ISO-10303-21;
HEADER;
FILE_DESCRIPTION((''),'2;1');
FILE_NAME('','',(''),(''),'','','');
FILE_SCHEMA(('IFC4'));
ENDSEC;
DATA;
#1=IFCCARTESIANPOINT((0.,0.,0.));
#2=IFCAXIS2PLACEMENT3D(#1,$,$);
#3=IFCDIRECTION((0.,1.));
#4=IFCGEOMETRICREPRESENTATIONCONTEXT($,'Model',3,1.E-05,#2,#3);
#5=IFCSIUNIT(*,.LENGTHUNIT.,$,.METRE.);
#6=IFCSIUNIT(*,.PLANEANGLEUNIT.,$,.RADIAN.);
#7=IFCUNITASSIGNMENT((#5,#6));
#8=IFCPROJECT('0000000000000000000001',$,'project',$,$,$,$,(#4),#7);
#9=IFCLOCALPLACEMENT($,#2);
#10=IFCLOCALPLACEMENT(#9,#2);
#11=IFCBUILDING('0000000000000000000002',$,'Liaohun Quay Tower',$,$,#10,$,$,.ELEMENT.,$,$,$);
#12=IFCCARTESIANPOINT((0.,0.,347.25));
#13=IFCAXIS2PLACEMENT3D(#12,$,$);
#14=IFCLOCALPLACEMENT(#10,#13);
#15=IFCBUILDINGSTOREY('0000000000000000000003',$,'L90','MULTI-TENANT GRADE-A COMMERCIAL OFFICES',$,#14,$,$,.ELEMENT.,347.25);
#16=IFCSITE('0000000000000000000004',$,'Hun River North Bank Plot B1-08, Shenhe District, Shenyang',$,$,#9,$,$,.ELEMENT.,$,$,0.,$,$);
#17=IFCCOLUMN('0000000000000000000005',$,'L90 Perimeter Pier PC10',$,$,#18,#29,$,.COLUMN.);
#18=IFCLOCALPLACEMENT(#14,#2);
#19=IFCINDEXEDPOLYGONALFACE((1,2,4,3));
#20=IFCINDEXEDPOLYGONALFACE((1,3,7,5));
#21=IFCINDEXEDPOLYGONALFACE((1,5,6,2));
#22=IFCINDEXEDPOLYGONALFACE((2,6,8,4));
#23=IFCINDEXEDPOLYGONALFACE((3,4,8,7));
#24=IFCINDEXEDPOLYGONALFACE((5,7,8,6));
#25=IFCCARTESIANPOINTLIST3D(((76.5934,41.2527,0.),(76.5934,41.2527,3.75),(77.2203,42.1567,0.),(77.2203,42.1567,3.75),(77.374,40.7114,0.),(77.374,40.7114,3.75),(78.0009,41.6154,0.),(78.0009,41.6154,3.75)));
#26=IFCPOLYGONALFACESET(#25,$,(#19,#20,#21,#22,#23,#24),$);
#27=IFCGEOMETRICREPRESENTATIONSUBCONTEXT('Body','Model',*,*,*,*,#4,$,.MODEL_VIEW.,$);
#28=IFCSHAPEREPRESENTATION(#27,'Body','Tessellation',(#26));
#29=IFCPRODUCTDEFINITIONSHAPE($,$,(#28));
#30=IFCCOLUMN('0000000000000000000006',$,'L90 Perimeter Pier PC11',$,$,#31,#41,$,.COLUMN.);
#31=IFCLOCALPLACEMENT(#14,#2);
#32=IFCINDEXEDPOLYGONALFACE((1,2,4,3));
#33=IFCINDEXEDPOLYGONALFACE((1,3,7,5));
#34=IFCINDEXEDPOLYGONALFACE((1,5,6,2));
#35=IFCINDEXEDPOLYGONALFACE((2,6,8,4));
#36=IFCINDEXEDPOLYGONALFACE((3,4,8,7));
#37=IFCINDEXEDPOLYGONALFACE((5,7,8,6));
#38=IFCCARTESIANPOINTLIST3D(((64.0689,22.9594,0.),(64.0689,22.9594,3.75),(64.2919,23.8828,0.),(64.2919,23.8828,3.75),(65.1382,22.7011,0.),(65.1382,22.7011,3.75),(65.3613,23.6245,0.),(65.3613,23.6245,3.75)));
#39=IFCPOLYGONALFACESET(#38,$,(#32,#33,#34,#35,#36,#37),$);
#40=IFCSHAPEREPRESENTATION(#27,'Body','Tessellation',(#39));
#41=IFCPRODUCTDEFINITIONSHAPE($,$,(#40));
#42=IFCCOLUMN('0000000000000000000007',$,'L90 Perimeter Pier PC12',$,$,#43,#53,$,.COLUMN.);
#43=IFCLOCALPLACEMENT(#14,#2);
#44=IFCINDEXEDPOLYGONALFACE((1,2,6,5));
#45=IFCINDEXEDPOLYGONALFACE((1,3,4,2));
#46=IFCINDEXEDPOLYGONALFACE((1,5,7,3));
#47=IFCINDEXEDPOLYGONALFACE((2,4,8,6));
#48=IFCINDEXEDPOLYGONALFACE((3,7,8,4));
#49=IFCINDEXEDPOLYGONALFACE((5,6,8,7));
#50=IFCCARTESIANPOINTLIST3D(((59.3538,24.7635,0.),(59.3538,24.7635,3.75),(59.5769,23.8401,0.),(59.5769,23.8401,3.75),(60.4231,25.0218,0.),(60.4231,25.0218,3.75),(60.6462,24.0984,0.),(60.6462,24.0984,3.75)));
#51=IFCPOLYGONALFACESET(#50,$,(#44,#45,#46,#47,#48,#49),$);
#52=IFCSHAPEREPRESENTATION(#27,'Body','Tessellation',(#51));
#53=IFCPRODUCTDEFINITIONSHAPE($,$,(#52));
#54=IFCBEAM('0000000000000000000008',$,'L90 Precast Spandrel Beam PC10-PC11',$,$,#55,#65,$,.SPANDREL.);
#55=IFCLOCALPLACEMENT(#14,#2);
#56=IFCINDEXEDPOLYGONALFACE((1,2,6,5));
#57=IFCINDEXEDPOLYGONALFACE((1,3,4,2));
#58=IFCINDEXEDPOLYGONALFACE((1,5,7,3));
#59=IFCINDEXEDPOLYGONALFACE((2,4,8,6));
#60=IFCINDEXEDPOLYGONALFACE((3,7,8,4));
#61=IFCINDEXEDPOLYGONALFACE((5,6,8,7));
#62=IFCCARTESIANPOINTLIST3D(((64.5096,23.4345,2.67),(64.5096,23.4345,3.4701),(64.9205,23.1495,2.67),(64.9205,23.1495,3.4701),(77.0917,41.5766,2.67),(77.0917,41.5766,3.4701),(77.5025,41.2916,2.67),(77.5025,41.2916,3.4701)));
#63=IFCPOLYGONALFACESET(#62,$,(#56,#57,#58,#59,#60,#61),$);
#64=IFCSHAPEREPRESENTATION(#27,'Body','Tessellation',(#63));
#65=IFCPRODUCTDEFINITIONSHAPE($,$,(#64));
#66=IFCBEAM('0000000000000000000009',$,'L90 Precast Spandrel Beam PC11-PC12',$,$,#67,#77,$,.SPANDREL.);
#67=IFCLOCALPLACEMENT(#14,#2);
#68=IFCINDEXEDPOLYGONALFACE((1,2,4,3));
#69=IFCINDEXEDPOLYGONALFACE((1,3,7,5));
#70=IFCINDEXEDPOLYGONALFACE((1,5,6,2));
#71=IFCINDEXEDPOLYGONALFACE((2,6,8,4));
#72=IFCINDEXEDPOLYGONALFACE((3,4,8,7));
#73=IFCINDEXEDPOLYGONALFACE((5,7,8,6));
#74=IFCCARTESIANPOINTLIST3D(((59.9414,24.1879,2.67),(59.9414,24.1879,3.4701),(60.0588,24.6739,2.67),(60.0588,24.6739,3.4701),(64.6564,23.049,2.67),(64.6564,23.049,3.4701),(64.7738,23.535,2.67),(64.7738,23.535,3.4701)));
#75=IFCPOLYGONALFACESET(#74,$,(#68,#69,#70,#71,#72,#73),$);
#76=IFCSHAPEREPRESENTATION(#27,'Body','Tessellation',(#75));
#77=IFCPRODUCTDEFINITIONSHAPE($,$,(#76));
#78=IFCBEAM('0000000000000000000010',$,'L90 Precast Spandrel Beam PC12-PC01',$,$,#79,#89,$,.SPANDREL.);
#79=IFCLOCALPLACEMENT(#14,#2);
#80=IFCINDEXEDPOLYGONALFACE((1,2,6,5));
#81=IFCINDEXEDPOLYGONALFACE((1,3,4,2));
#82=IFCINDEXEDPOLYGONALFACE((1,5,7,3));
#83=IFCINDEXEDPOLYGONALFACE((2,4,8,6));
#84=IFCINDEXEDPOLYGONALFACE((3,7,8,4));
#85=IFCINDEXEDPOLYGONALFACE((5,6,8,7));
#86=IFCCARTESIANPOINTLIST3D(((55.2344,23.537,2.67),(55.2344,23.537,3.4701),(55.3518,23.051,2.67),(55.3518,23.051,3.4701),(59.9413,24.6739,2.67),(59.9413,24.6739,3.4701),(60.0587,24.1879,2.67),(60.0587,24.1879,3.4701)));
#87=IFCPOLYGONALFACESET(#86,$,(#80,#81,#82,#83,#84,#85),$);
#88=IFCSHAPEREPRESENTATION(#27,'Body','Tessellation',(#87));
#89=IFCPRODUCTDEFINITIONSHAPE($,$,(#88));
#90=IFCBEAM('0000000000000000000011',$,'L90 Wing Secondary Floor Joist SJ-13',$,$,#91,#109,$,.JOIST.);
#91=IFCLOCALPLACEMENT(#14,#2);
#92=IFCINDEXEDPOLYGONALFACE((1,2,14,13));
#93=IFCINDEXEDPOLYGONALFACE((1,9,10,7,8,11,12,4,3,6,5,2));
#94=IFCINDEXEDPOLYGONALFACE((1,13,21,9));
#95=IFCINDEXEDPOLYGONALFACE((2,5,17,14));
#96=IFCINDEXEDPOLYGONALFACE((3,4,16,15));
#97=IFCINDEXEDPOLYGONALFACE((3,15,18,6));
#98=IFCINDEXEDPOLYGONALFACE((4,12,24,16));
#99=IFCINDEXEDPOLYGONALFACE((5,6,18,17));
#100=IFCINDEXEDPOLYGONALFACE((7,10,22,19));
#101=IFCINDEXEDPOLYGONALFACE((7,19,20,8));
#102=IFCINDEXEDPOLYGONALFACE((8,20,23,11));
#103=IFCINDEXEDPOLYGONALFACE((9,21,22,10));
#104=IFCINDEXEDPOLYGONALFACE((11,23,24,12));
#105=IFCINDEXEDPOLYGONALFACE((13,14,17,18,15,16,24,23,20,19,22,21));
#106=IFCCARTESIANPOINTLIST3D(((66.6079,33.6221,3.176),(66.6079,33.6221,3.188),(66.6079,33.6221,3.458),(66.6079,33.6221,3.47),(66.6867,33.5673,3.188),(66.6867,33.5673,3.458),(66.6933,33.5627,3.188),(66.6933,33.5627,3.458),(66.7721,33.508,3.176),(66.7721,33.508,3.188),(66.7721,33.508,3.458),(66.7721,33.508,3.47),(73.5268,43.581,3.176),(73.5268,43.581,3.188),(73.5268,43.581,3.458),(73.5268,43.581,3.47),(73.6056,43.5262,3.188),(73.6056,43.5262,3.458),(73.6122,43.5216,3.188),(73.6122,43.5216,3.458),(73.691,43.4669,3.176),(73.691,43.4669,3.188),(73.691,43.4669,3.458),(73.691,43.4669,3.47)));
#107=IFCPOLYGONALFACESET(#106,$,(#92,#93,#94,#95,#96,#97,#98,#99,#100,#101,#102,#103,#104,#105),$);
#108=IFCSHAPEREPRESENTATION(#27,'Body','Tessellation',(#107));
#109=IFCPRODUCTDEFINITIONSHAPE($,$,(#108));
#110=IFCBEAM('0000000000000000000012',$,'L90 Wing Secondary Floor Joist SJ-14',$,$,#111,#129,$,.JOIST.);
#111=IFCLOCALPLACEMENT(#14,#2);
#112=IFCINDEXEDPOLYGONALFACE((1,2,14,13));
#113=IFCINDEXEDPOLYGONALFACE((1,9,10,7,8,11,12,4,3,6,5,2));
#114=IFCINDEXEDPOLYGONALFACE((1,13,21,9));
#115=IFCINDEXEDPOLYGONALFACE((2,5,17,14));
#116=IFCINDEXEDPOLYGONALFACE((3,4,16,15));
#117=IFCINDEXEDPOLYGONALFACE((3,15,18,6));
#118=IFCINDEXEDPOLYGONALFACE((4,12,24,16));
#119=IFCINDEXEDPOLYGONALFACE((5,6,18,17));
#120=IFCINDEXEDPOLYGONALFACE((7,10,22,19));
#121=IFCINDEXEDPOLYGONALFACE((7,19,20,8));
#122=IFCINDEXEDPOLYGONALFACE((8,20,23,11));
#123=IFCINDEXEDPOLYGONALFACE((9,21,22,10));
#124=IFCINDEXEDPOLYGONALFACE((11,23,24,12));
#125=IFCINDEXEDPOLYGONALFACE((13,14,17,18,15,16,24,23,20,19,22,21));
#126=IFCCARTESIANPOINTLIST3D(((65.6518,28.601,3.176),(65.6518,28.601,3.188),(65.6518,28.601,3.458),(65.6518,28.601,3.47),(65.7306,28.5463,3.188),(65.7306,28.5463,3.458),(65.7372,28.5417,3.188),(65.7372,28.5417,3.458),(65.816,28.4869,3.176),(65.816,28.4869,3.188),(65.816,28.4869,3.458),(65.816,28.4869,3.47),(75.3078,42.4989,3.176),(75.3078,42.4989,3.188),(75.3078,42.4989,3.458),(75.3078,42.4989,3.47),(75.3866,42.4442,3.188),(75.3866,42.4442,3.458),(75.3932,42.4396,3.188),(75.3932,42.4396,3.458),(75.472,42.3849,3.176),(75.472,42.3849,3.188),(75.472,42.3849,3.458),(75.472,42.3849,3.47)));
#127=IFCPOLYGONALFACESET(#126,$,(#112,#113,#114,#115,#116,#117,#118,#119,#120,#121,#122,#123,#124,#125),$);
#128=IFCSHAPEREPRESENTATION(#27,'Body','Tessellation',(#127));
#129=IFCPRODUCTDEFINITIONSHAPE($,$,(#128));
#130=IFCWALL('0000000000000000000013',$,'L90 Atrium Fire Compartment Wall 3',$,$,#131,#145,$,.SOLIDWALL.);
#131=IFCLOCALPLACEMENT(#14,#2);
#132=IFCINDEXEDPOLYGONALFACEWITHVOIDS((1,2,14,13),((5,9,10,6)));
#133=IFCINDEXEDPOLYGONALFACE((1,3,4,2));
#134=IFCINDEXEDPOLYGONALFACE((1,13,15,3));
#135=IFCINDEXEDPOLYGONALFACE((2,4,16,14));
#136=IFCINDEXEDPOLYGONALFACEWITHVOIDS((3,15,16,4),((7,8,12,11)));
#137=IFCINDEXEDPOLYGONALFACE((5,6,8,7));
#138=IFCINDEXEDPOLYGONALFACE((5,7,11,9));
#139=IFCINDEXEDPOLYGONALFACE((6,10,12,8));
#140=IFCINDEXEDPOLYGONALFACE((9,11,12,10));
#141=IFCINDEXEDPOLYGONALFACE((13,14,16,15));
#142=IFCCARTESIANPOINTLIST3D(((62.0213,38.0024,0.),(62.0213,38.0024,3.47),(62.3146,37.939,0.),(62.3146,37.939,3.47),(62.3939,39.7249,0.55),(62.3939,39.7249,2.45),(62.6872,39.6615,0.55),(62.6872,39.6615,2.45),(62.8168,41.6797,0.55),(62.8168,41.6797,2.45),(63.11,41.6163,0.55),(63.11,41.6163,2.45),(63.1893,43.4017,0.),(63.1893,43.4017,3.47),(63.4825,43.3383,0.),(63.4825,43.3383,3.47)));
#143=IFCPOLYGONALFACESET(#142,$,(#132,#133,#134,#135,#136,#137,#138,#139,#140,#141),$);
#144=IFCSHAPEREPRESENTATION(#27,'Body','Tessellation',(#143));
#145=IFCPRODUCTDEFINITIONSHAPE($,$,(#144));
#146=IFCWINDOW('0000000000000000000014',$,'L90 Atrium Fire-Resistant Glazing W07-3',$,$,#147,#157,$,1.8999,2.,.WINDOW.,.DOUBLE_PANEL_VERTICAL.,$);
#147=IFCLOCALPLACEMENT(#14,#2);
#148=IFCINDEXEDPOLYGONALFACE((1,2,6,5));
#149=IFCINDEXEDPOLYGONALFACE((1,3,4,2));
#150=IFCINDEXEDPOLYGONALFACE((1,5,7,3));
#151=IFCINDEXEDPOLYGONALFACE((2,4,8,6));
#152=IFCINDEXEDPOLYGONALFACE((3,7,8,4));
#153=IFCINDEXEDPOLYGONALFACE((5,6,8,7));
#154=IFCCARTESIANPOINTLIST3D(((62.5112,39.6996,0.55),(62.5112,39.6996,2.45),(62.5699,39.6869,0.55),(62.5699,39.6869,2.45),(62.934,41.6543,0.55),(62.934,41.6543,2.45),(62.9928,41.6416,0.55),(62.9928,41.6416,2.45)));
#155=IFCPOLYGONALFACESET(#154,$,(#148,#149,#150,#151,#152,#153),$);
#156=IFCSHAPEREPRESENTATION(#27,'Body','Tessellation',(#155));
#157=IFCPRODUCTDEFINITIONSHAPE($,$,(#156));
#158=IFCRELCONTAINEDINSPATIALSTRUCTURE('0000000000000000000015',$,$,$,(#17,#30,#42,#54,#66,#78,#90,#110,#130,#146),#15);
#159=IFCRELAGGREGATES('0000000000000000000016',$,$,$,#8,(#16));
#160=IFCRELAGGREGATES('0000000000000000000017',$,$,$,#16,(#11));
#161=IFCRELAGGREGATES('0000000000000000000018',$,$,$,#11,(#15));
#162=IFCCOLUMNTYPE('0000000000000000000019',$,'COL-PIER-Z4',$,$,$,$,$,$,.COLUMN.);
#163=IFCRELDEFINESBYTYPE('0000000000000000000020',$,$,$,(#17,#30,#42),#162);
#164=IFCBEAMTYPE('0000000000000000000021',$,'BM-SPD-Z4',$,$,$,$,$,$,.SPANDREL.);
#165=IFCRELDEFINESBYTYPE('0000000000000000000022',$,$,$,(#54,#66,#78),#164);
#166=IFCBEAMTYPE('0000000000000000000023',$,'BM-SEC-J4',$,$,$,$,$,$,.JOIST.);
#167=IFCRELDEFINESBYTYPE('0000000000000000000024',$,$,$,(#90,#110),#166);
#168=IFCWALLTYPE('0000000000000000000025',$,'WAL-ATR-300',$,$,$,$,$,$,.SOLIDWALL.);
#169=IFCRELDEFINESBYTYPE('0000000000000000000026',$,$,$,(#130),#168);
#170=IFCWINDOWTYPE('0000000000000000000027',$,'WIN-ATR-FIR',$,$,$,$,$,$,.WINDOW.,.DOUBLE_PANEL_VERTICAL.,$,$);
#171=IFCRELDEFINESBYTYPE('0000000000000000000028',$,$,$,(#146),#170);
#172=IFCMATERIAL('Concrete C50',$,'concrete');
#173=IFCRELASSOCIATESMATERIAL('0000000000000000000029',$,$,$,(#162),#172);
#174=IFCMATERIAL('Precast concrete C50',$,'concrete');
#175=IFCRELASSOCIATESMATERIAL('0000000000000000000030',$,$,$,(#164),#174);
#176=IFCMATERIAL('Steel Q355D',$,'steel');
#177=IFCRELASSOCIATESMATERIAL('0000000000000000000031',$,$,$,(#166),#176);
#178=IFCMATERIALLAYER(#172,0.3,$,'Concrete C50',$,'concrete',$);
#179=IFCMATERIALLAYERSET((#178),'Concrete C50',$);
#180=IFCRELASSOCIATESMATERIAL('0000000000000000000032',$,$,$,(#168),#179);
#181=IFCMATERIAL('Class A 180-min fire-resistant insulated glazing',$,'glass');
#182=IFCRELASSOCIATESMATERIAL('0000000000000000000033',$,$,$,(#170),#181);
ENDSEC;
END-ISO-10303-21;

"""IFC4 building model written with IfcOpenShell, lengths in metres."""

from ifc_helpers import new_model, si_unit, direction, frame, frame_2d, origin, origin_2d, place, context, subcontext, project, spatial, rectangle, i_section, extrude, source, transform, mapped, material, layer, layer_set, material_profile, profile_set, type_object, element, fill, save


model = new_model("IFC4")

# Units and contexts
model_context = context("Model", 3, precision=1e-05, world=origin(), true_north=direction((0.0, 1.0)))
body_context = subcontext(model_context, "Body", "Model", "MODEL_VIEW")
ifc_project = project(units=[si_unit("LENGTHUNIT", "METRE"), si_unit("PLANEANGLEUNIT", "RADIAN")], contexts=[model_context])

# Site, building, storey
site_placement = place(None, origin())
site = spatial("IfcSite", under=ifc_project, at=site_placement, Name="Hun River North Bank Plot B1-08, Shenhe District, Shenyang", CompositionType="ELEMENT", RefElevation=0.0)
building_placement = place(site_placement, origin())
building = spatial("IfcBuilding", under=site, at=building_placement, Name="Liaohun Quay Tower", CompositionType="ELEMENT")
storey_placement = place(building_placement, frame((0.0, 0.0, 347.25)))
storey = spatial("IfcBuildingStorey", under=building, at=storey_placement, Name="L90", Description="MULTI-TENANT GRADE-A COMMERCIAL OFFICES", CompositionType="ELEMENT", Elevation=347.25)

# Columns
ifc_material_1 = material(Name="Concrete C50", Category="concrete")
ifc_material_profile_1 = material_profile(ifc_material_1, rectangle(XDim=1.1001, YDim=0.95, at=origin_2d()), Name="RC1100x950")
ifc_profile_set_1 = profile_set([ifc_material_profile_1], Name="Concrete C50")
column_type = type_object("IfcColumnType", Name="COL-PIER-Z4", PredefinedType="COLUMN", material=ifc_profile_set_1)
shared_shape_1 = source(origin(), body_context, "Body", "SweptSolid", [
    extrude(rectangle(XDim=1.1001, YDim=0.95, at=origin_2d()), origin(), (0.0, 0.0, 1.0), 3.75),
])
for number, where, z_axis, x_axis, name in (
    (1, (77.2971, 41.4341, 0.0), (0.0, 0.0, 1.0), (0.569853, 0.821746, 0.0), "L90 Perimeter Pier PC10"),
    (2, (64.7151, 23.292, 0.0), (0.0, 0.0, 1.0), (-0.972043, 0.234803, 0.0), "L90 Perimeter Pier PC11"),
    (3, (60.0, 24.4309, 0.0), (0.0, 0.0, 1.0), (0.972043, 0.234803, 0.0), "L90 Perimeter Pier PC12"),
):
    element("IfcColumn", number, at=place(storey_placement, frame(where, z_axis=z_axis, x_axis=x_axis)), inside=storey, type_object=column_type, Name=name, PredefinedType="COLUMN", context=body_context, shape_type="MappedRepresentation", body=[
        mapped(shared_shape_1, transform((0.0, 0.0, 0.0), x_axis=(1.0, 0.0, 0.0), y_axis=(0.0, 1.0, 0.0), z_axis=(0.0, 0.0, 1.0), scale=1.0)),
    ])

# Beams
ifc_material_2 = material(Name="Precast concrete C50", Category="concrete")
ifc_material_profile_2 = material_profile(ifc_material_2, rectangle(XDim=0.5, YDim=0.8, at=origin_2d()), Name="RC500x800")
ifc_profile_set_2 = profile_set([ifc_material_profile_2], Name="Precast concrete C50")
beam_type_1 = type_object("IfcBeamType", Name="BM-SPD-Z4", PredefinedType="SPANDREL", material=ifc_profile_set_2)
shared_shape_2 = source(origin(), body_context, "Body", "SweptSolid", [
    extrude(rectangle(XDim=0.5, YDim=0.8, at=origin_2d()), origin(), (0.0, 0.0, 1.0), 22.0781),
])
beam_1_placement = place(storey_placement, frame((77.2971, 41.4341, 3.0701), z_axis=(-0.569887, -0.821723, 0.0), x_axis=(0.821723, -0.569887, 0.0)))
element("IfcBeam", 4, at=beam_1_placement, inside=storey, type_object=beam_type_1, Name="L90 Precast Spandrel Beam PC10-PC11", PredefinedType="SPANDREL", context=body_context, shape_type="MappedRepresentation", body=[
    mapped(shared_shape_2, transform((0.0, 0.0, 0.0), x_axis=(1.0, 0.0, 0.0), y_axis=(0.0, 1.0, 0.0), z_axis=(0.0, 0.0, 1.0), scale=1.0)),
])
shared_shape_3 = source(origin(), body_context, "Body", "SweptSolid", [
    extrude(rectangle(XDim=0.5, YDim=0.8, at=origin_2d()), origin(), (0.0, 0.0, 1.0), 4.8506),
])
beam_2_placement = place(storey_placement, frame((64.7151, 23.292, 3.0701), z_axis=(-0.972045, 0.234795, 0.0), x_axis=(-0.234795, -0.972045, 0.0)))
element("IfcBeam", 5, at=beam_2_placement, inside=storey, type_object=beam_type_1, Name="L90 Precast Spandrel Beam PC11-PC12", PredefinedType="SPANDREL", context=body_context, shape_type="MappedRepresentation", body=[
    mapped(shared_shape_3, transform((0.0, 0.0, 0.0), x_axis=(1.0, 0.0, 0.0), y_axis=(0.0, 1.0, 0.0), z_axis=(0.0, 0.0, 1.0), scale=1.0)),
])
shared_shape_4 = source(origin(), body_context, "Body", "SweptSolid", [
    extrude(rectangle(XDim=0.5, YDim=0.8, at=origin_2d()), origin(), (0.0, 0.0, 1.0), 4.8423),
])
beam_3_placement = place(storey_placement, frame((60.0, 24.4309, 3.0701), z_axis=(-0.972045, -0.234793, 0.0), x_axis=(0.234793, -0.972045, 0.0)))
element("IfcBeam", 6, at=beam_3_placement, inside=storey, type_object=beam_type_1, Name="L90 Precast Spandrel Beam PC12-PC01", PredefinedType="SPANDREL", context=body_context, shape_type="MappedRepresentation", body=[
    mapped(shared_shape_4, transform((0.0, 0.0, 0.0), x_axis=(1.0, 0.0, 0.0), y_axis=(0.0, 1.0, 0.0), z_axis=(0.0, 0.0, 1.0), scale=1.0)),
])
ifc_material_3 = material(Name="Steel Q355D", Category="steel")
ifc_material_profile_3 = material_profile(ifc_material_3, i_section(OverallWidth=0.2, OverallDepth=0.2939, WebThickness=0.0081, FlangeThickness=0.012, at=origin_2d()), Name="HM294x200x8x12")
ifc_profile_set_3 = profile_set([ifc_material_profile_3], Name="Steel Q355D")
beam_type_2 = type_object("IfcBeamType", Name="BM-SEC-J4", PredefinedType="JOIST", material=ifc_profile_set_3)
shared_shape_5 = source(origin(), body_context, "Body", "SweptSolid", [
    extrude(i_section(OverallWidth=0.2, OverallDepth=0.2939, WebThickness=0.0081, FlangeThickness=0.012, at=origin_2d()), origin(), (0.0, 0.0, 1.0), 12.1265),
])
beam_4_placement = place(storey_placement, frame((73.6089, 43.5239, 3.323), z_axis=(-0.570562, -0.821255, 0.0), x_axis=(0.821255, -0.570562, 0.0)))
element("IfcBeam", 7, at=beam_4_placement, inside=storey, type_object=beam_type_2, Name="L90 Wing Secondary Floor Joist SJ-13", PredefinedType="JOIST", context=body_context, shape_type="MappedRepresentation", body=[
    mapped(shared_shape_5, transform((0.0, 0.0, 0.0), x_axis=(1.0, 0.0, 0.0), y_axis=(0.0, 1.0, 0.0), z_axis=(0.0, 0.0, 1.0), scale=1.0)),
])
shared_shape_6 = source(origin(), body_context, "Body", "SweptSolid", [
    extrude(i_section(OverallWidth=0.2, OverallDepth=0.2939, WebThickness=0.0081, FlangeThickness=0.012, at=origin_2d()), origin(), (0.0, 0.0, 1.0), 16.9231),
])
beam_5_placement = place(storey_placement, frame((75.3899, 42.4419, 3.323), z_axis=(-0.570581, -0.821241, 0.0), x_axis=(0.821241, -0.570581, 0.0)))
element("IfcBeam", 8, at=beam_5_placement, inside=storey, type_object=beam_type_2, Name="L90 Wing Secondary Floor Joist SJ-14", PredefinedType="JOIST", context=body_context, shape_type="MappedRepresentation", body=[
    mapped(shared_shape_6, transform((0.0, 0.0, 0.0), x_axis=(1.0, 0.0, 0.0), y_axis=(0.0, 1.0, 0.0), z_axis=(0.0, 0.0, 1.0), scale=1.0)),
])

# Wall, opening, window
ifc_layer_1 = layer(ifc_material_1, 0.3, Name="Concrete C50", Category="concrete")
ifc_layer_set_1 = layer_set([ifc_layer_1], Name="Concrete C50")
wall_type_1 = type_object("IfcWallType", Name="WAL-ATR-300", PredefinedType="SOLIDWALL", material=ifc_layer_set_1)
wall_1_placement = place(storey_placement, frame((63.3359, 43.3701, 0.0), z_axis=(0.0, 0.0, 1.0), x_axis=(-0.211433, -0.977392, 0.0)))
wall_1 = element("IfcWall", 9, at=wall_1_placement, inside=storey, type_object=wall_type_1, Name="L90 Atrium Fire Compartment Wall 3", PredefinedType="SOLIDWALL", context=body_context, shape_type="SweptSolid", body=[
    extrude(rectangle(XDim=5.5242, YDim=0.3, at=frame_2d((2.7622, 0.0))), origin(), (0.0, 0.0, 1.0), 3.47),
])
shared_shape_7 = source(origin(), body_context, "Body", "SweptSolid", [
    extrude(rectangle(XDim=2.0, YDim=1.8999, at=frame_2d((1.0, 0.95))), frame((0.0, 0.1599, 0.0), z_axis=(0.0, -1.0, 0.0), x_axis=(1.0, 0.0, 0.0)), (0.0, 0.0, 1.0), 0.3201),
])
opening_1_placement = place(wall_1_placement, frame((1.762, 0.0, 0.55)))
opening_1 = element("IfcOpeningElement", 10, at=opening_1_placement, cuts=wall_1, PredefinedType="OPENING", context=body_context, shape_type="MappedRepresentation", body=[
    mapped(shared_shape_7, transform((0.0, 0.0, 0.0), x_axis=(1.0, 0.0, 0.0), y_axis=(0.0, 1.0, 0.0), z_axis=(0.0, 0.0, 1.0), scale=1.0)),
])
ifc_material_4 = material(Name="Class A 180-min fire-resistant insulated glazing", Category="glass")
window_type_1 = type_object("IfcWindowType", Name="WIN-ATR-FIR", PartitioningType="DOUBLE_PANEL_VERTICAL", PredefinedType="WINDOW", material=ifc_material_4)
shared_shape_8 = source(origin(), body_context, "Body", "SweptSolid", [
    extrude(rectangle(XDim=2.0, YDim=1.8999, at=frame_2d((1.0, 0.95))), frame((0.0, 0.03, 0.0), z_axis=(0.0, -1.0, 0.0), x_axis=(1.0, 0.0, 0.0)), (0.0, 0.0, 1.0), 0.0601),
])
window_1_placement = place(opening_1_placement, origin())
window_1 = element("IfcWindow", 11, at=window_1_placement, inside=storey, type_object=window_type_1, Name="L90 Atrium Fire-Resistant Glazing W07-3", OverallHeight=1.8999, OverallWidth=2.0, PartitioningType="DOUBLE_PANEL_VERTICAL", PredefinedType="WINDOW", context=body_context, shape_type="MappedRepresentation", body=[
    mapped(shared_shape_8, transform((0.0, 0.0, 0.0), x_axis=(1.0, 0.0, 0.0), y_axis=(0.0, 1.0, 0.0), z_axis=(0.0, 0.0, 1.0), scale=1.0)),
])
fill(opening_1, window_1)

save(model, "model.ifc")
